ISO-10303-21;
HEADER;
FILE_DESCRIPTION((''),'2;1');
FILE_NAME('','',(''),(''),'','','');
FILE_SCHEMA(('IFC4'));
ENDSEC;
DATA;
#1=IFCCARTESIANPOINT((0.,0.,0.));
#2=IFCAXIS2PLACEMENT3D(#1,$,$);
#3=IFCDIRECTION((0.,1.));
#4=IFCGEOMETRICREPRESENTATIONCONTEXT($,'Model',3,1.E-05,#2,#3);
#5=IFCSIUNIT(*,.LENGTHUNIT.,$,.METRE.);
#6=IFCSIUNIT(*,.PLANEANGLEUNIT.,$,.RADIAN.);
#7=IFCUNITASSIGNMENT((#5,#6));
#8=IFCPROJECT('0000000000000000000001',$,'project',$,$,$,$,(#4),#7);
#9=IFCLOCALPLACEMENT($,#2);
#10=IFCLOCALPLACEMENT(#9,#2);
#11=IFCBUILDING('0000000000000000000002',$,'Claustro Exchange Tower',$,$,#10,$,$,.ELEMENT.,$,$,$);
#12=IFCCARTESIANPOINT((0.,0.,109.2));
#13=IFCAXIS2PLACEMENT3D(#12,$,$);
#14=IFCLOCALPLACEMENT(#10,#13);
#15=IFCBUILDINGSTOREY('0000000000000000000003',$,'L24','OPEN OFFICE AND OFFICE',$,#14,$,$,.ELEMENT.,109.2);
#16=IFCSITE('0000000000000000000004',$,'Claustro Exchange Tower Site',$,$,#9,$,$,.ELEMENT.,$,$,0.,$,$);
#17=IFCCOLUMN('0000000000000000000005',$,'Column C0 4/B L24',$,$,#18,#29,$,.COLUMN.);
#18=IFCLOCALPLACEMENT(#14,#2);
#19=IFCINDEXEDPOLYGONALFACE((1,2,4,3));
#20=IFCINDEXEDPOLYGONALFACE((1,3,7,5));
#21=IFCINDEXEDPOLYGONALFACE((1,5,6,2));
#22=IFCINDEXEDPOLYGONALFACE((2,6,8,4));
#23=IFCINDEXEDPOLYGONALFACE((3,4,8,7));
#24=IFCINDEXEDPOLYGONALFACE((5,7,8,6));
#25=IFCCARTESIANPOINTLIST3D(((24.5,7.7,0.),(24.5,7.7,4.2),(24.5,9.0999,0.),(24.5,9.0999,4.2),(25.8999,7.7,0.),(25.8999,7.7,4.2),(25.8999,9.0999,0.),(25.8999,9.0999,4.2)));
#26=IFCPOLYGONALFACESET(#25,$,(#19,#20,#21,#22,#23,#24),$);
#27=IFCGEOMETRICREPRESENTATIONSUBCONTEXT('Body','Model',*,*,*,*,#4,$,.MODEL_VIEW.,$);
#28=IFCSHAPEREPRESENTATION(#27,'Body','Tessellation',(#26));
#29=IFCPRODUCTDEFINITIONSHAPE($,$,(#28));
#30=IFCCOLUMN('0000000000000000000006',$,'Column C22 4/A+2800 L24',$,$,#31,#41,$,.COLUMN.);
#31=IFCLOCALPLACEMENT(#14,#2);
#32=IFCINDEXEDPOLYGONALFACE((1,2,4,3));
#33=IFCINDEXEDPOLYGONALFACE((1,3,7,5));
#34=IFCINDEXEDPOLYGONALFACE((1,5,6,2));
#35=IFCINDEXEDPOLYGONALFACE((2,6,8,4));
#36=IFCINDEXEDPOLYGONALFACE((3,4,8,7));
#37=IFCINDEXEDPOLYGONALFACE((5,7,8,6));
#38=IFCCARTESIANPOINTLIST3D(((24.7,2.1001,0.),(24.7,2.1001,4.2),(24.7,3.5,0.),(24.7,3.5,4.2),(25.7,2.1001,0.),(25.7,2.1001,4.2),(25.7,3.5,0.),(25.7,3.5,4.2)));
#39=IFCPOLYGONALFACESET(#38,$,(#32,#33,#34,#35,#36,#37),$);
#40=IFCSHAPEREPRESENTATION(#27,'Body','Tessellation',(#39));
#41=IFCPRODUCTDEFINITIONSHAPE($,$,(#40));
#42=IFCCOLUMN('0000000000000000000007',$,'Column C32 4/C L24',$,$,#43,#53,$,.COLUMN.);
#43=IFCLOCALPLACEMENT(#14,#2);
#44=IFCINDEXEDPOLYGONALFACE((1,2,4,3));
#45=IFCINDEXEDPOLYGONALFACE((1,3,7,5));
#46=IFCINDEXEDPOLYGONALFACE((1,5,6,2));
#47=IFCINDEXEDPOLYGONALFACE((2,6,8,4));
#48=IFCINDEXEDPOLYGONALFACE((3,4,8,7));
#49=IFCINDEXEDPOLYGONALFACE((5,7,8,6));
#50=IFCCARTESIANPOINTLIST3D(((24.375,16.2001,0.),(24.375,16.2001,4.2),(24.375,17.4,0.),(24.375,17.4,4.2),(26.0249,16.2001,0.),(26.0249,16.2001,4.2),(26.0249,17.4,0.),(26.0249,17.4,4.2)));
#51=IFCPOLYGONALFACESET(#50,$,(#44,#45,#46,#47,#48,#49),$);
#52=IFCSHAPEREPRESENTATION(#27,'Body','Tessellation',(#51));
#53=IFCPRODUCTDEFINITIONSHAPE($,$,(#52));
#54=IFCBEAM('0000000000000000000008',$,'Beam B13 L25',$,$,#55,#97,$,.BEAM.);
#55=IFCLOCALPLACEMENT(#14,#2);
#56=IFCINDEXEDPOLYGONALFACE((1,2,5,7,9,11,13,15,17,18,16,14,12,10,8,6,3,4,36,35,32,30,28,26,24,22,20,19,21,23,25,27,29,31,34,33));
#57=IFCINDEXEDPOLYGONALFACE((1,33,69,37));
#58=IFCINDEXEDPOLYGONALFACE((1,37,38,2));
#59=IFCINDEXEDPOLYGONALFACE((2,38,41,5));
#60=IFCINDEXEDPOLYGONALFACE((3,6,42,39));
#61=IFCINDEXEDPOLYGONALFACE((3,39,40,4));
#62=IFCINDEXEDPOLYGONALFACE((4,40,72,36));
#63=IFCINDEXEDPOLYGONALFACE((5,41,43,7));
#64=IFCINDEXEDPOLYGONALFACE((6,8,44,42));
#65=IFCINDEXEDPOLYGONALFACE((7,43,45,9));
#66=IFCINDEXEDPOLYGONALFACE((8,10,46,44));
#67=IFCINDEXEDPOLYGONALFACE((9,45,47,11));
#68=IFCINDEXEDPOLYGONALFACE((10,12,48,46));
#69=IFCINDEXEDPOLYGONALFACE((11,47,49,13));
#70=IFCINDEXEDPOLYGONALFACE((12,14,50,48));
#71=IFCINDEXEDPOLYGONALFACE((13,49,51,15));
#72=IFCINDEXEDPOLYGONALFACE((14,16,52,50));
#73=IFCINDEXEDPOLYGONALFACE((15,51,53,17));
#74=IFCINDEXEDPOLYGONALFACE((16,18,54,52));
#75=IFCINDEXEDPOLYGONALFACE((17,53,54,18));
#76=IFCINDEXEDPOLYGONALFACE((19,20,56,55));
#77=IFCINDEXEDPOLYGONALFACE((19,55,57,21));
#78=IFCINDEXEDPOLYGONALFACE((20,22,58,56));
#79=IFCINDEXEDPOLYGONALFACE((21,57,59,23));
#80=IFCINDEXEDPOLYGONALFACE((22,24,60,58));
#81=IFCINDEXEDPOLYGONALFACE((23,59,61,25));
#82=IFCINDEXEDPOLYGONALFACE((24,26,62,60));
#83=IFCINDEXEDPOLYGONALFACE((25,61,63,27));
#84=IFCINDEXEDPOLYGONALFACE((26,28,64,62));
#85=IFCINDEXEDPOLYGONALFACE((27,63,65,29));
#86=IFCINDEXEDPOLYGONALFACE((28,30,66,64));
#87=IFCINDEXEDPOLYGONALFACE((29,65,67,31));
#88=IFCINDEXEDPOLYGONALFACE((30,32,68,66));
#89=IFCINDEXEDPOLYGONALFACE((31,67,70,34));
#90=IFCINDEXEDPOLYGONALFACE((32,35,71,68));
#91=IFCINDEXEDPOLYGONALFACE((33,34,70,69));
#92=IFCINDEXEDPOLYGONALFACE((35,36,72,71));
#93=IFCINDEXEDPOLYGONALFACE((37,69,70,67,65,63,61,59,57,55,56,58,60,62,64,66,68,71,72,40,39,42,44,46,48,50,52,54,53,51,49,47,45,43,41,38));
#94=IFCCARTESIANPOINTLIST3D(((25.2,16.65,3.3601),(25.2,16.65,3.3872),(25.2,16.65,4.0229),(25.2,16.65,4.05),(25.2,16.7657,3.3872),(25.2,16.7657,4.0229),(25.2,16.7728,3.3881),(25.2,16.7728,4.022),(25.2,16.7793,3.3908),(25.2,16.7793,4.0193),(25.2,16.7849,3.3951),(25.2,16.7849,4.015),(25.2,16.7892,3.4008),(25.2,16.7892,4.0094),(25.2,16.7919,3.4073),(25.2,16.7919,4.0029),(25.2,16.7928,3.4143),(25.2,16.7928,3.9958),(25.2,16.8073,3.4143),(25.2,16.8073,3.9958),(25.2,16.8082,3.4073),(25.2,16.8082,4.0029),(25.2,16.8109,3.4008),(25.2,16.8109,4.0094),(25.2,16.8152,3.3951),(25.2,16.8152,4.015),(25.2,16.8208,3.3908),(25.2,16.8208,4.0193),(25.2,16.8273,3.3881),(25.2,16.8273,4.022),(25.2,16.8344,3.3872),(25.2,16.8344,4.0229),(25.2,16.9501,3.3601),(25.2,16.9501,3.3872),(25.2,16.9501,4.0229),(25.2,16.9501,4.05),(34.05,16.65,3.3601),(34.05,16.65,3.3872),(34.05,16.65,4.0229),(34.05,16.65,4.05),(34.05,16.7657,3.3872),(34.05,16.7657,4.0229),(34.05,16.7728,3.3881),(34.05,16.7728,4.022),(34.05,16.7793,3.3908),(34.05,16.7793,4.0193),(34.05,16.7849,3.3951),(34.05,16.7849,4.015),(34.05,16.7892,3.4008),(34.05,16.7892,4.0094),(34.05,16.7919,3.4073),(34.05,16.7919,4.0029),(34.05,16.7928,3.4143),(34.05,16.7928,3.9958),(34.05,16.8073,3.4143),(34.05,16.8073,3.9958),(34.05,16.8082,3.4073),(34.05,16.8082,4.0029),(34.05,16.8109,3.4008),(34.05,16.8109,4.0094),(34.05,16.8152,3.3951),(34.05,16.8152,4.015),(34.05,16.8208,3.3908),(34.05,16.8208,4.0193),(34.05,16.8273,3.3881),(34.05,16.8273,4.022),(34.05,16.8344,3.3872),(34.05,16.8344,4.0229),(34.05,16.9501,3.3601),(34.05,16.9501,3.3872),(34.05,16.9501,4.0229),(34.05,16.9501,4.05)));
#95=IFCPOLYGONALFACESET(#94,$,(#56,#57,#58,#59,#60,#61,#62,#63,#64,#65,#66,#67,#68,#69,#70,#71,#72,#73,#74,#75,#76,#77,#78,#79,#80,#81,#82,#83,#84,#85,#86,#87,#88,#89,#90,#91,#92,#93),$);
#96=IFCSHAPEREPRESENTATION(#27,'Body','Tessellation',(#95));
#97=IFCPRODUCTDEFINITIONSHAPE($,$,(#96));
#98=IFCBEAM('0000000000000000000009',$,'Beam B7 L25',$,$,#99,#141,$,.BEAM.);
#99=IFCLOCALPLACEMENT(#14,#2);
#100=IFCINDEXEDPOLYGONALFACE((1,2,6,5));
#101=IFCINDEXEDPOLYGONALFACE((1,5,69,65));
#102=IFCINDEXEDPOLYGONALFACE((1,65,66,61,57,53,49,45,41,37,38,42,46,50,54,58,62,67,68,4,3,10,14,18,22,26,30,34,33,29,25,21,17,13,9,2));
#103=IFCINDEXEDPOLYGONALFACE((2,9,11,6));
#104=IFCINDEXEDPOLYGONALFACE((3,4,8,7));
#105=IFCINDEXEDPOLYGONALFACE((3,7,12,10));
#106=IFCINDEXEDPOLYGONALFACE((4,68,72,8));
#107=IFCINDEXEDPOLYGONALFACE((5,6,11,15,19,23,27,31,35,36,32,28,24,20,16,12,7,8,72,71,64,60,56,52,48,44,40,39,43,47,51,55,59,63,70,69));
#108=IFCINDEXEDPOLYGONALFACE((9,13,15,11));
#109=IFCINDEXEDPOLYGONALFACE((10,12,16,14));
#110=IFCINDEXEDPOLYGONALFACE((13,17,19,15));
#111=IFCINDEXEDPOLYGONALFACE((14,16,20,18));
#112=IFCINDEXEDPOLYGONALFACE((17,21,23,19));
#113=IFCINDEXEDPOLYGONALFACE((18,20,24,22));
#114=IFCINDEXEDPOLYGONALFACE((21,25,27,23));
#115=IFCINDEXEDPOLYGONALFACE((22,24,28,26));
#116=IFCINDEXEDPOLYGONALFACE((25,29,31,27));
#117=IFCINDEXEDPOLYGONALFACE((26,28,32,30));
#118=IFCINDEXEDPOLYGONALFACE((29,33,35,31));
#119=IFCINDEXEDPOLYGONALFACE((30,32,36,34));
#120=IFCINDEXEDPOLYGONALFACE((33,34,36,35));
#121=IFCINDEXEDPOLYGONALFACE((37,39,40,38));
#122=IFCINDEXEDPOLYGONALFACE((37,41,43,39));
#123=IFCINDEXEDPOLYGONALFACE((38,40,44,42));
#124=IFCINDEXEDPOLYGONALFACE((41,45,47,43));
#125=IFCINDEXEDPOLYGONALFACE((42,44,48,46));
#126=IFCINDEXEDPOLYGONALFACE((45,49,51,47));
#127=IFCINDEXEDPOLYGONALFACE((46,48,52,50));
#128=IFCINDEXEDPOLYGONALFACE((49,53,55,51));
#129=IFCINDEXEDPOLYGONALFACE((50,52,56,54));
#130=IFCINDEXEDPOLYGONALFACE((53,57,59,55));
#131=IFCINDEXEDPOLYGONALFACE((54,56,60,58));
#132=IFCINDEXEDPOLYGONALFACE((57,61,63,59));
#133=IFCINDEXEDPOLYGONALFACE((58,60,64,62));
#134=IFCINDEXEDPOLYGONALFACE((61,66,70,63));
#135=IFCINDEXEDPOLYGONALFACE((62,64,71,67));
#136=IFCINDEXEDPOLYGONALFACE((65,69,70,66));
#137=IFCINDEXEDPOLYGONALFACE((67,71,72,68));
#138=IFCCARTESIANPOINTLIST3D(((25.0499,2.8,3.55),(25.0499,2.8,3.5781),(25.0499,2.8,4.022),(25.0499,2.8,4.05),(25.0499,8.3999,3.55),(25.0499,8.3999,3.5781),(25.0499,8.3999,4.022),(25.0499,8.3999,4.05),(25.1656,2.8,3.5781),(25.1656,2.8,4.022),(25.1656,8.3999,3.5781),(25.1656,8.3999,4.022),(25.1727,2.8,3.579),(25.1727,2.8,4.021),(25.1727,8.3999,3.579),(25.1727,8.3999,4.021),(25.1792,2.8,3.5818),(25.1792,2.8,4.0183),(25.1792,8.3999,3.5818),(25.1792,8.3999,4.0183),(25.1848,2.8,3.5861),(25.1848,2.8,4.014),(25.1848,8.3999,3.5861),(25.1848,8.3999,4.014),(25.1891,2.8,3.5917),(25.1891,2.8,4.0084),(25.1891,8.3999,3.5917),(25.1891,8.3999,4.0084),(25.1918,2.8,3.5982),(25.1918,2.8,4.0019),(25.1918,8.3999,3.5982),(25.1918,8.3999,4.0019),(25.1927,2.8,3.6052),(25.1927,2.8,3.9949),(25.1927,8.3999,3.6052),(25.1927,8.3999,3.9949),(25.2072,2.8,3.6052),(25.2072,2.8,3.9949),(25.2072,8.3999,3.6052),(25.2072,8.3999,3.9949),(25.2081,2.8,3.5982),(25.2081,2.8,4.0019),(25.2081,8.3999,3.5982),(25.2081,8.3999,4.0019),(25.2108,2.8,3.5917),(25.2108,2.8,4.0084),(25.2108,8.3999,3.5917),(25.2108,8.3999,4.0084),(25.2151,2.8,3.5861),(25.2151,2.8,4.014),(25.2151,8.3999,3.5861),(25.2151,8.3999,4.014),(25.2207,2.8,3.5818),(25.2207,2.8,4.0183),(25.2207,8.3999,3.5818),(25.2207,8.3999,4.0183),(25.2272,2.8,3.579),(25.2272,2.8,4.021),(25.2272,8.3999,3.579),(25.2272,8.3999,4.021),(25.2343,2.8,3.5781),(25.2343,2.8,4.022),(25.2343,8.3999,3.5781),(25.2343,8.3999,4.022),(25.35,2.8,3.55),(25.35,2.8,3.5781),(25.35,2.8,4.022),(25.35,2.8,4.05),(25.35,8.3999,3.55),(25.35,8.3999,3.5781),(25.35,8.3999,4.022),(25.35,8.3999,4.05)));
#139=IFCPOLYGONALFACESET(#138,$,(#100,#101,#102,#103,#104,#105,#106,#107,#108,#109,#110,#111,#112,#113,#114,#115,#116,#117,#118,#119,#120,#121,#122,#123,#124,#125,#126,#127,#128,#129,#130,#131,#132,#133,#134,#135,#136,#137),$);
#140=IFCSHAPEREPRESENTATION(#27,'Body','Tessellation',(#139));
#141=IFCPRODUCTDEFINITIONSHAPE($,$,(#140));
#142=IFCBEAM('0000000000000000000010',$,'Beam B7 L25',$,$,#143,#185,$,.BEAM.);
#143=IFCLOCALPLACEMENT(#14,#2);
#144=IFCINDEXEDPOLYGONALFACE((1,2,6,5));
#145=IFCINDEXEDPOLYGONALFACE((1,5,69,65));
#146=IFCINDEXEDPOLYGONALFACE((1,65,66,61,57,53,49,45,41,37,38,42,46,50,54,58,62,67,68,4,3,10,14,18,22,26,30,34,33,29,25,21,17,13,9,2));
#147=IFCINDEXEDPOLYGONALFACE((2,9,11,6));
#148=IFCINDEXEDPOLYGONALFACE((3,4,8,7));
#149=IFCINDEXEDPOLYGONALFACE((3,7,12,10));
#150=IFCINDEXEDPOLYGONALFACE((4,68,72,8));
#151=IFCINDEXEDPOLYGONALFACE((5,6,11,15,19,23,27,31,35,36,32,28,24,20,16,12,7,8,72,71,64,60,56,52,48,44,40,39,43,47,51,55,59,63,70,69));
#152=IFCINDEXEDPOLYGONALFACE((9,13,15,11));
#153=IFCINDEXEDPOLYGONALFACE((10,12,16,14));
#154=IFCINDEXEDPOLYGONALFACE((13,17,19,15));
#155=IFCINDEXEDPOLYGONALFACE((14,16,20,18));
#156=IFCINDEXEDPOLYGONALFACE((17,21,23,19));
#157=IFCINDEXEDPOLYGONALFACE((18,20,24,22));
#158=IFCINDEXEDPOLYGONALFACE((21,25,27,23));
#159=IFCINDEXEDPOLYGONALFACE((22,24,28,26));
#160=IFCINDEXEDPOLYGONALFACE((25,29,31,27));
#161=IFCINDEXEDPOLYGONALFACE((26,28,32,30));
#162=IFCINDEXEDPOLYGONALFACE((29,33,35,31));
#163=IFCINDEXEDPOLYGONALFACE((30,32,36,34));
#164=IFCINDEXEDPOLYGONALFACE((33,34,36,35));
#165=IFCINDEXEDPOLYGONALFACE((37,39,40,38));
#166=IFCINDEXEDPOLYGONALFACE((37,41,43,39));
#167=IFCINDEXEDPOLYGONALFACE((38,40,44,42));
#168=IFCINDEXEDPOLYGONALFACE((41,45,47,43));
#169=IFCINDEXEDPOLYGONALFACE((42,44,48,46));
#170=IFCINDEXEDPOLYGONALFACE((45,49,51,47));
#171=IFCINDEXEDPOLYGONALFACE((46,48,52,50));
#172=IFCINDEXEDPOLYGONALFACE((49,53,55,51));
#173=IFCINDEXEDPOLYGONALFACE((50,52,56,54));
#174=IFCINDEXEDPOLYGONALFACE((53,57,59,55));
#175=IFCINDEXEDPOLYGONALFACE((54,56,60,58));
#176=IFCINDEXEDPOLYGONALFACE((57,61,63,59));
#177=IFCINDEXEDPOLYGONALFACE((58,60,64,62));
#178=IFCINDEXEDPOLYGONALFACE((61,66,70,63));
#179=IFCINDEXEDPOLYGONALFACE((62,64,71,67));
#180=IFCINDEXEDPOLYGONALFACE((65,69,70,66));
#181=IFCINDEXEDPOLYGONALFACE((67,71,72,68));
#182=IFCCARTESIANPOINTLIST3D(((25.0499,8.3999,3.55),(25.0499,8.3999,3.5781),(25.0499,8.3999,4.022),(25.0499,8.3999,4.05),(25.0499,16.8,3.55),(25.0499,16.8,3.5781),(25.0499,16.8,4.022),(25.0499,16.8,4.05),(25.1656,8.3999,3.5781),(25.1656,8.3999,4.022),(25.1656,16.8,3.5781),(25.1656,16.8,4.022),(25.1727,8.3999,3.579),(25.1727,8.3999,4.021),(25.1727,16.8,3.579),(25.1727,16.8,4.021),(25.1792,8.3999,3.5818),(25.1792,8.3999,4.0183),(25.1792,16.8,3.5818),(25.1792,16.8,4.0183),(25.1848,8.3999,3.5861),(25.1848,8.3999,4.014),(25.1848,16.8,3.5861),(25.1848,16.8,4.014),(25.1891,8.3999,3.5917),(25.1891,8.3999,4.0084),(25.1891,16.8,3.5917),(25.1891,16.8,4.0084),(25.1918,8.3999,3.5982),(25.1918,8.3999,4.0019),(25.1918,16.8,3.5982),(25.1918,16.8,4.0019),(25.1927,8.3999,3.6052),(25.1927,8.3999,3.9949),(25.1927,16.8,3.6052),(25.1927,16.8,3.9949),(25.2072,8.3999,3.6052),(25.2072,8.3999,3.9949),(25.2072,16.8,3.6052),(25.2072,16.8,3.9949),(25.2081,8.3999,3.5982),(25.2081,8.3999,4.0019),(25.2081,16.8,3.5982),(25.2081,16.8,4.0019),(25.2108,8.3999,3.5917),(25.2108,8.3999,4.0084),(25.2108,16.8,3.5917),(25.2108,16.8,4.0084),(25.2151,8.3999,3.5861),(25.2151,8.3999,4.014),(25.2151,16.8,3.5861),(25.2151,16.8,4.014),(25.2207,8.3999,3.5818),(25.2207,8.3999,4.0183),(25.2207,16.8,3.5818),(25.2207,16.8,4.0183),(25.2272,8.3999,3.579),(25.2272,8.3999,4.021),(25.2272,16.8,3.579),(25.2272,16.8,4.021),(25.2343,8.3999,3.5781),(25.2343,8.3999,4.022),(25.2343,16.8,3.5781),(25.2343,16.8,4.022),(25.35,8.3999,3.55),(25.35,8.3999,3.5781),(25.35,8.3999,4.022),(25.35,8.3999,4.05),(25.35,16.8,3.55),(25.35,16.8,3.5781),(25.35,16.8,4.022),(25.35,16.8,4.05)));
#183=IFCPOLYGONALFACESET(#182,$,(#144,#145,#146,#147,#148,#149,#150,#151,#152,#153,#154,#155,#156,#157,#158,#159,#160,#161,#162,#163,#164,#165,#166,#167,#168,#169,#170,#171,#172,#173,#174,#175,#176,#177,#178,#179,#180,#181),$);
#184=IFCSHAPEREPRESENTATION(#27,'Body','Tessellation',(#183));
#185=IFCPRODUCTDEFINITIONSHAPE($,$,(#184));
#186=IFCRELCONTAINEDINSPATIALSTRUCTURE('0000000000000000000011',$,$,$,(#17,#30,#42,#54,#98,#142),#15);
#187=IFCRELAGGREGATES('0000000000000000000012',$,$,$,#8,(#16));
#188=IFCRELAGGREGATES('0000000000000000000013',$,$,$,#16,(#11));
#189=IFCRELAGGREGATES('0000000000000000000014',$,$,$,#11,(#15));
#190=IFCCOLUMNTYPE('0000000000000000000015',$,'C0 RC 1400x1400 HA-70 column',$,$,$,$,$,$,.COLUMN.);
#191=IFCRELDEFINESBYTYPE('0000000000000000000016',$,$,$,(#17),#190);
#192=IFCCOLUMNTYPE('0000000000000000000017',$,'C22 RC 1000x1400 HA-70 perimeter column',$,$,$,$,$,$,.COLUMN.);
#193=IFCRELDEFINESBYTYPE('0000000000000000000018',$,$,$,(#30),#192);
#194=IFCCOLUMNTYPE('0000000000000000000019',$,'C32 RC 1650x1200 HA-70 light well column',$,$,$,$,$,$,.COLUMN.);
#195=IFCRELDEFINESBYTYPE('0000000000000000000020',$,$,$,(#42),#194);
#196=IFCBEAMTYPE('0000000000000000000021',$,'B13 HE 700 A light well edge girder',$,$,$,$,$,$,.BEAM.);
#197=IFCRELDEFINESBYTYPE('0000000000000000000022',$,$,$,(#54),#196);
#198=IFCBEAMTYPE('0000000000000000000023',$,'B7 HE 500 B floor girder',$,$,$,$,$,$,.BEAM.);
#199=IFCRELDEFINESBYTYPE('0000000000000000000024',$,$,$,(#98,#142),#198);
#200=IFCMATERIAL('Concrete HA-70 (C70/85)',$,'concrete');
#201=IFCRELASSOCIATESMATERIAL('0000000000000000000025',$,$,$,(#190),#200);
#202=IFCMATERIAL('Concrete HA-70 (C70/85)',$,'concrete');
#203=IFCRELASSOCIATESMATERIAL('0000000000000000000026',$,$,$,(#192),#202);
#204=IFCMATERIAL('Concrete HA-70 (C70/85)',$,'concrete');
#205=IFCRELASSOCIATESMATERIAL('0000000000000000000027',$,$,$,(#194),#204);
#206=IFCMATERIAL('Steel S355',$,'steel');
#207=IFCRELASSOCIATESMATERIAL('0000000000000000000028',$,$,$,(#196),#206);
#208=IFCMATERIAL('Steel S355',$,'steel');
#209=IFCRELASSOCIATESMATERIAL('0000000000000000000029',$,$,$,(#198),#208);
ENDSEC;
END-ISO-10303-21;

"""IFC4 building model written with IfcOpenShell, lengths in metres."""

from ifc_helpers import new_model, si_unit, direction, frame, origin, origin_2d, place, context, subcontext, project, spatial, rectangle, i_section, extrude, material, material_profile, profile_set, type_object, element, save


model = new_model("IFC4")

# Units and contexts
model_context = context("Model", 3, precision=1e-05, world=origin(), true_north=direction((0.0, 1.0)))
body_context = subcontext(model_context, "Body", "Model", "MODEL_VIEW")
ifc_project = project(units=[si_unit("LENGTHUNIT", "METRE"), si_unit("PLANEANGLEUNIT", "RADIAN")], contexts=[model_context])

# Site, building, storey
site_placement = place(None, origin())
site = spatial("IfcSite", under=ifc_project, at=site_placement, Name="Claustro Exchange Tower Site", CompositionType="ELEMENT", RefElevation=0.0)
building_placement = place(site_placement, origin())
building = spatial("IfcBuilding", under=site, at=building_placement, Name="Claustro Exchange Tower", CompositionType="ELEMENT")
storey_placement = place(building_placement, frame((0.0, 0.0, 109.2)))
storey = spatial("IfcBuildingStorey", under=building, at=storey_placement, Name="L24", Description="OPEN OFFICE AND OFFICE", CompositionType="ELEMENT", Elevation=109.2)

# Columns
ifc_material_1 = material(Name="Concrete HA-70 (C70/85)", Category="concrete")
ifc_material_profile_1 = material_profile(ifc_material_1, rectangle(XDim=1.3999, YDim=1.3999, at=origin_2d()), Name="RC 1400x1400")
ifc_profile_set_1 = profile_set([ifc_material_profile_1], Name="Concrete HA-70 (C70/85)")
column_type_1 = type_object("IfcColumnType", Name="C0 RC 1400x1400 HA-70 column", PredefinedType="COLUMN", material=ifc_profile_set_1)
column_1_placement = place(storey_placement, frame((25.2, 8.3999, 0.0), z_axis=(0.0, 0.0, 1.0), x_axis=(1.0, 0.0, 0.0)))
element("IfcColumn", 1, at=column_1_placement, inside=storey, type_object=column_type_1, Name="Column C0 4/B L24", PredefinedType="COLUMN", context=body_context, shape_type="SweptSolid", body=[
    extrude(rectangle(XDim=1.3999, YDim=1.3999, at=origin_2d()), origin(), (0.0, 0.0, 1.0), 4.2),
])
ifc_material_2 = material(Name="Concrete HA-70 (C70/85)", Category="concrete")
ifc_material_profile_2 = material_profile(ifc_material_2, rectangle(XDim=1.0, YDim=1.3999, at=origin_2d()), Name="RC 1000x1400")
ifc_profile_set_2 = profile_set([ifc_material_profile_2], Name="Concrete HA-70 (C70/85)")
column_type_2 = type_object("IfcColumnType", Name="C22 RC 1000x1400 HA-70 perimeter column", PredefinedType="COLUMN", material=ifc_profile_set_2)
column_2_placement = place(storey_placement, frame((25.2, 2.8, 0.0), z_axis=(0.0, 0.0, 1.0), x_axis=(1.0, 0.0, 0.0)))
element("IfcColumn", 2, at=column_2_placement, inside=storey, type_object=column_type_2, Name="Column C22 4/A+2800 L24", PredefinedType="COLUMN", context=body_context, shape_type="SweptSolid", body=[
    extrude(rectangle(XDim=1.0, YDim=1.3999, at=origin_2d()), origin(), (0.0, 0.0, 1.0), 4.2),
])
ifc_material_3 = material(Name="Concrete HA-70 (C70/85)", Category="concrete")
ifc_material_profile_3 = material_profile(ifc_material_3, rectangle(XDim=1.6499, YDim=1.2, at=origin_2d()), Name="RC 1650x1200")
ifc_profile_set_3 = profile_set([ifc_material_profile_3], Name="Concrete HA-70 (C70/85)")
column_type_3 = type_object("IfcColumnType", Name="C32 RC 1650x1200 HA-70 light well column", PredefinedType="COLUMN", material=ifc_profile_set_3)
column_3_placement = place(storey_placement, frame((25.2, 16.8, 0.0), z_axis=(0.0, 0.0, 1.0), x_axis=(1.0, 0.0, 0.0)))
element("IfcColumn", 3, at=column_3_placement, inside=storey, type_object=column_type_3, Name="Column C32 4/C L24", PredefinedType="COLUMN", context=body_context, shape_type="SweptSolid", body=[
    extrude(rectangle(XDim=1.6499, YDim=1.2, at=origin_2d()), origin(), (0.0, 0.0, 1.0), 4.2),
])

# Beams
ifc_material_4 = material(Name="Steel S355", Category="steel")
ifc_material_profile_4 = material_profile(ifc_material_4, i_section(OverallWidth=0.3, OverallDepth=0.6899, WebThickness=0.0144, FlangeThickness=0.0271, FilletRadius=0.0271, at=origin_2d()), Name="HE 700 A")
ifc_profile_set_4 = profile_set([ifc_material_profile_4], Name="Steel S355")
beam_type_1 = type_object("IfcBeamType", Name="B13 HE 700 A light well edge girder", PredefinedType="BEAM", material=ifc_profile_set_4)
beam_1_placement = place(storey_placement, frame((25.2, 16.8, 3.7051), z_axis=(1.0, 0.0, 0.0), x_axis=(0.0, 1.0, 0.0)))
element("IfcBeam", 4, at=beam_1_placement, inside=storey, type_object=beam_type_1, Name="Beam B13 L25", PredefinedType="BEAM", context=body_context, shape_type="SweptSolid", body=[
    extrude(i_section(OverallWidth=0.3, OverallDepth=0.6899, WebThickness=0.0144, FlangeThickness=0.0271, FilletRadius=0.0271, at=origin_2d()), origin(), (0.0, 0.0, 1.0), 8.8501),
])
ifc_material_5 = material(Name="Steel S355", Category="steel")
ifc_material_profile_5 = material_profile(ifc_material_5, i_section(OverallWidth=0.3, OverallDepth=0.5, WebThickness=0.0144, FlangeThickness=0.0281, FilletRadius=0.0271, at=origin_2d()), Name="HE 500 B")
ifc_profile_set_5 = profile_set([ifc_material_profile_5], Name="Steel S355")
beam_type_2 = type_object("IfcBeamType", Name="B7 HE 500 B floor girder", PredefinedType="BEAM", material=ifc_profile_set_5)
beam_2_placement = place(storey_placement, frame((25.2, 2.8, 3.8), z_axis=(0.0, 1.0, 0.0), x_axis=(-1.0, 0.0, 0.0)))
element("IfcBeam", 5, at=beam_2_placement, inside=storey, type_object=beam_type_2, Name="Beam B7 L25", PredefinedType="BEAM", context=body_context, shape_type="SweptSolid", body=[
    extrude(i_section(OverallWidth=0.3, OverallDepth=0.5, WebThickness=0.0144, FlangeThickness=0.0281, FilletRadius=0.0271, at=origin_2d()), origin(), (0.0, 0.0, 1.0), 5.5999),
])
for number, where, z_axis, x_axis, name in (
    (6, (25.2, 8.3999, 3.8), (0.0, 1.0, 0.0), (-1.0, 0.0, 0.0), "Beam B7 L25"),
):
    element("IfcBeam", number, at=place(storey_placement, frame(where, z_axis=z_axis, x_axis=x_axis)), inside=storey, type_object=beam_type_2, Name=name, PredefinedType="BEAM", context=body_context, shape_type="SweptSolid", body=[
        extrude(i_section(OverallWidth=0.3, OverallDepth=0.5, WebThickness=0.0144, FlangeThickness=0.0281, FilletRadius=0.0271, at=origin_2d()), origin(), (0.0, 0.0, 1.0), 8.4001),
    ])

save(model, "model.ifc")
